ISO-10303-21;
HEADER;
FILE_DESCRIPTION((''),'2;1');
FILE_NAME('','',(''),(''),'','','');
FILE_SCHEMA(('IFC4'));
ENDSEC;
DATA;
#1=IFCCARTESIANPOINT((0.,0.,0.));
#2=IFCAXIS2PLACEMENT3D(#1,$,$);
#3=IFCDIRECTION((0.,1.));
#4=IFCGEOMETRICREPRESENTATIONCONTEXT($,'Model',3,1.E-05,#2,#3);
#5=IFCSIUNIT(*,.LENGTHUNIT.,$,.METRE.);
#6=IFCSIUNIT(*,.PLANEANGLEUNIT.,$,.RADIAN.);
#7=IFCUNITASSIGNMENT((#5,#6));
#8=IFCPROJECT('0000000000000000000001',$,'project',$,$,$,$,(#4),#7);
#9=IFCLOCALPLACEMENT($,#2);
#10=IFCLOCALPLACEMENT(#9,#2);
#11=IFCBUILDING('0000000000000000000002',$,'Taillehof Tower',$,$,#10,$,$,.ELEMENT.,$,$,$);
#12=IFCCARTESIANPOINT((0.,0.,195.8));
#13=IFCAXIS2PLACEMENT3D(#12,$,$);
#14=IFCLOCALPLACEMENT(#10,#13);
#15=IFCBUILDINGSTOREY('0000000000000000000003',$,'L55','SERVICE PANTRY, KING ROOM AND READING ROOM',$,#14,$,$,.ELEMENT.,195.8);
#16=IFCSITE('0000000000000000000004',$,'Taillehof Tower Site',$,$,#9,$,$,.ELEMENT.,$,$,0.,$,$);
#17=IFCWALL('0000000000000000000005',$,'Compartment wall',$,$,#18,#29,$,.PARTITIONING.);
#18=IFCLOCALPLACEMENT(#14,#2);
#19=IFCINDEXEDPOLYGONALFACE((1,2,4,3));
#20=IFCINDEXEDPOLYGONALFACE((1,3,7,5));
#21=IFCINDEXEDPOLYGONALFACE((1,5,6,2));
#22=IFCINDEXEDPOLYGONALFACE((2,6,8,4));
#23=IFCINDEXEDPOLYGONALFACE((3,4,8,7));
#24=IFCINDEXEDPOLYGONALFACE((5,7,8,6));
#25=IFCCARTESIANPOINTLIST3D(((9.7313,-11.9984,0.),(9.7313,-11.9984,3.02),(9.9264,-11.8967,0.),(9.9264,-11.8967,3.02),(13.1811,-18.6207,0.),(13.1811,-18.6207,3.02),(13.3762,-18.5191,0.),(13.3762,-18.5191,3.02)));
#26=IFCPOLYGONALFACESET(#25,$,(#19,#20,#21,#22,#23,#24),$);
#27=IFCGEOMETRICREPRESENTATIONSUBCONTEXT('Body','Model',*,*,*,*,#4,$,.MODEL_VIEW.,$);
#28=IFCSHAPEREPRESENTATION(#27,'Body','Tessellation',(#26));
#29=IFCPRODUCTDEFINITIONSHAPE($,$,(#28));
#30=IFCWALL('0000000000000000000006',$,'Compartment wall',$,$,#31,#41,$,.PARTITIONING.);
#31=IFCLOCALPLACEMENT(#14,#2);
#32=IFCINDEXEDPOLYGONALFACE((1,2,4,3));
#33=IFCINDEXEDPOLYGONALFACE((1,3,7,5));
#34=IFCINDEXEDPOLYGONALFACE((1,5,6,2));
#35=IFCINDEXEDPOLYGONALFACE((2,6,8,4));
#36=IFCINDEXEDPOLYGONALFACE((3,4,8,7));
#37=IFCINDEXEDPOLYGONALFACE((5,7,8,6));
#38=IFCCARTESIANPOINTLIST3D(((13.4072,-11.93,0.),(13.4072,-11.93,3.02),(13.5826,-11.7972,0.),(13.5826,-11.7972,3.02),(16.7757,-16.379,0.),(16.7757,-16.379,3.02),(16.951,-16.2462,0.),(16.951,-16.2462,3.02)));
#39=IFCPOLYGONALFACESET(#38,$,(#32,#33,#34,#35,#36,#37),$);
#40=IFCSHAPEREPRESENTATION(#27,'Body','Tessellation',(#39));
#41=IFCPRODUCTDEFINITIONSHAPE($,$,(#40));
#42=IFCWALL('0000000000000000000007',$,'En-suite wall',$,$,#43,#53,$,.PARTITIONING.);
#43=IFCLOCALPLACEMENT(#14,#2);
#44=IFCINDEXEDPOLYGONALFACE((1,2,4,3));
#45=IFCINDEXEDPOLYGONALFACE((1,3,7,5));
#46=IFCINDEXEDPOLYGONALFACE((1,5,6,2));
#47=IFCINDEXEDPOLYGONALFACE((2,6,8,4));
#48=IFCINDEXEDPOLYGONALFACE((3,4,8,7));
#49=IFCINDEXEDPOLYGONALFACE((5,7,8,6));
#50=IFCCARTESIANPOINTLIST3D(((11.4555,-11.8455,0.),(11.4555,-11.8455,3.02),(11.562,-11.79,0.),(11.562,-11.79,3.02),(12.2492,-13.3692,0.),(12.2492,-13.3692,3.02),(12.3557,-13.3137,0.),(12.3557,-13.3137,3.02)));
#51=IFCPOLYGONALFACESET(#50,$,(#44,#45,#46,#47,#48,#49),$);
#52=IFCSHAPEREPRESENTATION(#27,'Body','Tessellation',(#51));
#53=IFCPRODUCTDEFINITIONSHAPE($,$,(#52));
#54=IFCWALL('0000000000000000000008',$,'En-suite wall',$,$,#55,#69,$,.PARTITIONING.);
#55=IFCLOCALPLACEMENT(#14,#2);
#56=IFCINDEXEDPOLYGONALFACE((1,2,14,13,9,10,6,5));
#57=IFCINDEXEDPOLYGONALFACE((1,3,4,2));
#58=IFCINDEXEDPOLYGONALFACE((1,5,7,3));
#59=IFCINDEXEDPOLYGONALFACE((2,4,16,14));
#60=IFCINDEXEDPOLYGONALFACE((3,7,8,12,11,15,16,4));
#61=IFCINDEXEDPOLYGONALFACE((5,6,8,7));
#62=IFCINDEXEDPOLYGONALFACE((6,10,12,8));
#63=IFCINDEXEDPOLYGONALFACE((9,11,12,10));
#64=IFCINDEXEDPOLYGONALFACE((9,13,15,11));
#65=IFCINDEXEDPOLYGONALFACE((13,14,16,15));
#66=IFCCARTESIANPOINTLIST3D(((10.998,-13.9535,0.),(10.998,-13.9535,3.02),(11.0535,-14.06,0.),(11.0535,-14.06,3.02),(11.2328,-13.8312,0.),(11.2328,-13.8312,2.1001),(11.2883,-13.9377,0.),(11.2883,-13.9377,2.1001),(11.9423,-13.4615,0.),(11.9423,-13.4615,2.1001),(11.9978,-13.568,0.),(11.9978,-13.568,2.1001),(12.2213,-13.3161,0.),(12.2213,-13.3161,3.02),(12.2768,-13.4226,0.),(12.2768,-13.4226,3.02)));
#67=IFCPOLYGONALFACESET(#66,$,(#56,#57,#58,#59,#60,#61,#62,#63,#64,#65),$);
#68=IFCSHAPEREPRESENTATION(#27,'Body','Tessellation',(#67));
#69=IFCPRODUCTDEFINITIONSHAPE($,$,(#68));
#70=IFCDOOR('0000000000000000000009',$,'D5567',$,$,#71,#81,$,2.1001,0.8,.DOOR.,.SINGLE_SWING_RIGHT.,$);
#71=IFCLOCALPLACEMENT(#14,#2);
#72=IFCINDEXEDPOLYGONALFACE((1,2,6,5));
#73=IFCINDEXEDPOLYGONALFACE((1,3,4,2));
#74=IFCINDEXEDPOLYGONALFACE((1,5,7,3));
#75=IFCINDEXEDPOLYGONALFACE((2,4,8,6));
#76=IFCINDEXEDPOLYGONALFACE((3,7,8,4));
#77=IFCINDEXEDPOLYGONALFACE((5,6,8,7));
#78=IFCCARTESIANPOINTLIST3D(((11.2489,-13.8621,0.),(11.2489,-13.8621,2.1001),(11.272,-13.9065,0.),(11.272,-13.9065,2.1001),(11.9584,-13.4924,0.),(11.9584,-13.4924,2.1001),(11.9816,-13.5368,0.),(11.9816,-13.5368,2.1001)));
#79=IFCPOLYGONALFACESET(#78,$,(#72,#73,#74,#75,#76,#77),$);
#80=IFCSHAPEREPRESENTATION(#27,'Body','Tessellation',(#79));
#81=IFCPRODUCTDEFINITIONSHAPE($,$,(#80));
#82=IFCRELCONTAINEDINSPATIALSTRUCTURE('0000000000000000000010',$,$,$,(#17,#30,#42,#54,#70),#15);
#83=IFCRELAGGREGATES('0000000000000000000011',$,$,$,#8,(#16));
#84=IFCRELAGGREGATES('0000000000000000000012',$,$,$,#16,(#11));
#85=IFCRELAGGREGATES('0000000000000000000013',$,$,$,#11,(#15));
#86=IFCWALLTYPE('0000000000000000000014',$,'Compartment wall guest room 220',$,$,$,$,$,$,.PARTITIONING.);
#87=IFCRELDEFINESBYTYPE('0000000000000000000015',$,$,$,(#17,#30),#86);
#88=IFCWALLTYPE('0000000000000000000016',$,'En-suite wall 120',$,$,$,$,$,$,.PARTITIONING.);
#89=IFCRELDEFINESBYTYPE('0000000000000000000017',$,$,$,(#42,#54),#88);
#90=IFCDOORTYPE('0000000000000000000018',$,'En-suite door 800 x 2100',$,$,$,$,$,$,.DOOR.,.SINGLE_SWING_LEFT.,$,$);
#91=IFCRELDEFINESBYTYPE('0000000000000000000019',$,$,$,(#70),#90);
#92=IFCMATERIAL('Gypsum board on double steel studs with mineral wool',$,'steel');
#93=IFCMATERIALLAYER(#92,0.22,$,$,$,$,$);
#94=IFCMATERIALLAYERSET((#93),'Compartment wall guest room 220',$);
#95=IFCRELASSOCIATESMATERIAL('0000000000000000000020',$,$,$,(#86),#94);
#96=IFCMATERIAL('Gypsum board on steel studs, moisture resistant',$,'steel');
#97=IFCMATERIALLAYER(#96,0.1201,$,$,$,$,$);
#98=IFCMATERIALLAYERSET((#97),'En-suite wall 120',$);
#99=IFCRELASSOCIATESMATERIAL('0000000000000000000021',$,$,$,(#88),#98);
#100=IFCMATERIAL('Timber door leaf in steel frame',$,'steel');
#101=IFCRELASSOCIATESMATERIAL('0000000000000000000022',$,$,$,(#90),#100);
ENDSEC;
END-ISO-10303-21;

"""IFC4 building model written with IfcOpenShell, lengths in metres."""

from ifc_helpers import new_model, si_unit, direction, frame, frame_2d, origin, place, context, subcontext, project, spatial, rectangle, extrude, material, layer, layer_set, type_object, element, fill, save


model = new_model("IFC4")

# Units and contexts
model_context = context("Model", 3, precision=1e-05, world=origin(), true_north=direction((0.0, 1.0)))
body_context = subcontext(model_context, "Body", "Model", "MODEL_VIEW")
ifc_project = project(units=[si_unit("LENGTHUNIT", "METRE"), si_unit("PLANEANGLEUNIT", "RADIAN")], contexts=[model_context])

# Site, building, storey
site_placement = place(None, origin())
site = spatial("IfcSite", under=ifc_project, at=site_placement, Name="Taillehof Tower Site", CompositionType="ELEMENT", RefElevation=0.0)
building_placement = place(site_placement, origin())
building = spatial("IfcBuilding", under=site, at=building_placement, Name="Taillehof Tower", CompositionType="ELEMENT")
storey_placement = place(building_placement, frame((0.0, 0.0, 195.8)))
storey = spatial("IfcBuildingStorey", under=building, at=storey_placement, Name="L55", Description="SERVICE PANTRY, KING ROOM AND READING ROOM", CompositionType="ELEMENT", Elevation=195.8)

# Walls
ifc_material_1 = material(Name="Gypsum board on double steel studs with mineral wool", Category="steel")
ifc_layer_1 = layer(ifc_material_1, 0.22)
ifc_layer_set_1 = layer_set([ifc_layer_1], Name="Compartment wall guest room 220")
wall_type_1 = type_object("IfcWallType", Name="Compartment wall guest room 220", PredefinedType="PARTITIONING", material=ifc_layer_set_1)
wall_1_placement = place(storey_placement, frame((13.2786, -18.5698, 0.0), z_axis=(0.0, 0.0, 1.0), x_axis=(-0.461996, 0.886882, 0.0)))
element("IfcWall", 1, at=wall_1_placement, inside=storey, type_object=wall_type_1, Name="Compartment wall", PredefinedType="PARTITIONING", context=body_context, shape_type="SweptSolid", body=[
    extrude(rectangle(XDim=7.467, YDim=0.22, at=frame_2d((3.7334, 0.0))), origin(), (0.0, 0.0, 1.0), 3.02),
])
wall_2_placement = place(storey_placement, frame((16.8633, -16.3125, 0.0), z_axis=(0.0, 0.0, 1.0), x_axis=(-0.603627, 0.797267, 0.0)))
element("IfcWall", 2, at=wall_2_placement, inside=storey, type_object=wall_type_1, Name="Compartment wall", PredefinedType="PARTITIONING", context=body_context, shape_type="SweptSolid", body=[
    extrude(rectangle(XDim=5.5803, YDim=0.22, at=frame_2d((2.79, 0.0))), origin(), (0.0, 0.0, 1.0), 3.02),
])
ifc_material_2 = material(Name="Gypsum board on steel studs, moisture resistant", Category="steel")
ifc_layer_2 = layer(ifc_material_2, 0.1201)
ifc_layer_set_2 = layer_set([ifc_layer_2], Name="En-suite wall 120")
wall_type_2 = type_object("IfcWallType", Name="En-suite wall 120", PredefinedType="PARTITIONING", material=ifc_layer_set_2)
wall_3_placement = place(storey_placement, frame((11.5088, -11.8179, 0.0), z_axis=(0.0, 0.0, 1.0), x_axis=(0.461988, -0.886886, 0.0)))
element("IfcWall", 3, at=wall_3_placement, inside=storey, type_object=wall_type_2, Name="En-suite wall", PredefinedType="PARTITIONING", context=body_context, shape_type="SweptSolid", body=[
    extrude(rectangle(XDim=1.718, YDim=0.1201, at=frame_2d((0.8589, 0.0))), origin(), (0.0, 0.0, 1.0), 3.02),
])

# Wall, opening, door
wall_4_placement = place(storey_placement, frame((12.249, -13.3694, 0.0), z_axis=(0.0, 0.0, 1.0), x_axis=(-0.886834, -0.462088, 0.0)))
wall_4 = element("IfcWall", 4, at=wall_4_placement, inside=storey, type_object=wall_type_2, Name="En-suite wall", PredefinedType="PARTITIONING", context=body_context, shape_type="SweptSolid", body=[
    extrude(rectangle(XDim=1.3794, YDim=0.1201, at=frame_2d((0.6897, 0.0))), origin(), (0.0, 0.0, 1.0), 3.02),
])
opening_1_placement = place(wall_4_placement, frame((0.3147, 0.0, 0.0)))
opening_1 = element("IfcOpeningElement", 5, at=opening_1_placement, cuts=wall_4, PredefinedType="OPENING", context=body_context, shape_type="SweptSolid", body=[
    extrude(rectangle(XDim=0.8, YDim=2.1001, at=frame_2d((0.3999, 1.05))), frame((0.0, 0.0701, 0.0), z_axis=(0.0, -1.0, 0.0), x_axis=(1.0, 0.0, 0.0)), (0.0, 0.0, 1.0), 0.1401),
])
ifc_material_3 = material(Name="Timber door leaf in steel frame", Category="steel")
door_type_1 = type_object("IfcDoorType", Name="En-suite door 800 x 2100", OperationType="SINGLE_SWING_LEFT", PredefinedType="DOOR", material=ifc_material_3)
door_1_placement = place(opening_1_placement, origin())
door_1 = element("IfcDoor", 6, at=door_1_placement, inside=storey, type_object=door_type_1, Name="D5567", OperationType="SINGLE_SWING_RIGHT", OverallHeight=2.1001, OverallWidth=0.8, PredefinedType="DOOR", context=body_context, shape_type="SweptSolid", body=[
    extrude(rectangle(XDim=0.8, YDim=2.1001, at=frame_2d((0.3999, 1.05))), frame((0.0, 0.0249, 0.0), z_axis=(0.0, -1.0, 0.0), x_axis=(1.0, 0.0, 0.0)), (0.0, 0.0, 1.0), 0.05),
])
fill(opening_1, door_1)

save(model, "model.ifc")
